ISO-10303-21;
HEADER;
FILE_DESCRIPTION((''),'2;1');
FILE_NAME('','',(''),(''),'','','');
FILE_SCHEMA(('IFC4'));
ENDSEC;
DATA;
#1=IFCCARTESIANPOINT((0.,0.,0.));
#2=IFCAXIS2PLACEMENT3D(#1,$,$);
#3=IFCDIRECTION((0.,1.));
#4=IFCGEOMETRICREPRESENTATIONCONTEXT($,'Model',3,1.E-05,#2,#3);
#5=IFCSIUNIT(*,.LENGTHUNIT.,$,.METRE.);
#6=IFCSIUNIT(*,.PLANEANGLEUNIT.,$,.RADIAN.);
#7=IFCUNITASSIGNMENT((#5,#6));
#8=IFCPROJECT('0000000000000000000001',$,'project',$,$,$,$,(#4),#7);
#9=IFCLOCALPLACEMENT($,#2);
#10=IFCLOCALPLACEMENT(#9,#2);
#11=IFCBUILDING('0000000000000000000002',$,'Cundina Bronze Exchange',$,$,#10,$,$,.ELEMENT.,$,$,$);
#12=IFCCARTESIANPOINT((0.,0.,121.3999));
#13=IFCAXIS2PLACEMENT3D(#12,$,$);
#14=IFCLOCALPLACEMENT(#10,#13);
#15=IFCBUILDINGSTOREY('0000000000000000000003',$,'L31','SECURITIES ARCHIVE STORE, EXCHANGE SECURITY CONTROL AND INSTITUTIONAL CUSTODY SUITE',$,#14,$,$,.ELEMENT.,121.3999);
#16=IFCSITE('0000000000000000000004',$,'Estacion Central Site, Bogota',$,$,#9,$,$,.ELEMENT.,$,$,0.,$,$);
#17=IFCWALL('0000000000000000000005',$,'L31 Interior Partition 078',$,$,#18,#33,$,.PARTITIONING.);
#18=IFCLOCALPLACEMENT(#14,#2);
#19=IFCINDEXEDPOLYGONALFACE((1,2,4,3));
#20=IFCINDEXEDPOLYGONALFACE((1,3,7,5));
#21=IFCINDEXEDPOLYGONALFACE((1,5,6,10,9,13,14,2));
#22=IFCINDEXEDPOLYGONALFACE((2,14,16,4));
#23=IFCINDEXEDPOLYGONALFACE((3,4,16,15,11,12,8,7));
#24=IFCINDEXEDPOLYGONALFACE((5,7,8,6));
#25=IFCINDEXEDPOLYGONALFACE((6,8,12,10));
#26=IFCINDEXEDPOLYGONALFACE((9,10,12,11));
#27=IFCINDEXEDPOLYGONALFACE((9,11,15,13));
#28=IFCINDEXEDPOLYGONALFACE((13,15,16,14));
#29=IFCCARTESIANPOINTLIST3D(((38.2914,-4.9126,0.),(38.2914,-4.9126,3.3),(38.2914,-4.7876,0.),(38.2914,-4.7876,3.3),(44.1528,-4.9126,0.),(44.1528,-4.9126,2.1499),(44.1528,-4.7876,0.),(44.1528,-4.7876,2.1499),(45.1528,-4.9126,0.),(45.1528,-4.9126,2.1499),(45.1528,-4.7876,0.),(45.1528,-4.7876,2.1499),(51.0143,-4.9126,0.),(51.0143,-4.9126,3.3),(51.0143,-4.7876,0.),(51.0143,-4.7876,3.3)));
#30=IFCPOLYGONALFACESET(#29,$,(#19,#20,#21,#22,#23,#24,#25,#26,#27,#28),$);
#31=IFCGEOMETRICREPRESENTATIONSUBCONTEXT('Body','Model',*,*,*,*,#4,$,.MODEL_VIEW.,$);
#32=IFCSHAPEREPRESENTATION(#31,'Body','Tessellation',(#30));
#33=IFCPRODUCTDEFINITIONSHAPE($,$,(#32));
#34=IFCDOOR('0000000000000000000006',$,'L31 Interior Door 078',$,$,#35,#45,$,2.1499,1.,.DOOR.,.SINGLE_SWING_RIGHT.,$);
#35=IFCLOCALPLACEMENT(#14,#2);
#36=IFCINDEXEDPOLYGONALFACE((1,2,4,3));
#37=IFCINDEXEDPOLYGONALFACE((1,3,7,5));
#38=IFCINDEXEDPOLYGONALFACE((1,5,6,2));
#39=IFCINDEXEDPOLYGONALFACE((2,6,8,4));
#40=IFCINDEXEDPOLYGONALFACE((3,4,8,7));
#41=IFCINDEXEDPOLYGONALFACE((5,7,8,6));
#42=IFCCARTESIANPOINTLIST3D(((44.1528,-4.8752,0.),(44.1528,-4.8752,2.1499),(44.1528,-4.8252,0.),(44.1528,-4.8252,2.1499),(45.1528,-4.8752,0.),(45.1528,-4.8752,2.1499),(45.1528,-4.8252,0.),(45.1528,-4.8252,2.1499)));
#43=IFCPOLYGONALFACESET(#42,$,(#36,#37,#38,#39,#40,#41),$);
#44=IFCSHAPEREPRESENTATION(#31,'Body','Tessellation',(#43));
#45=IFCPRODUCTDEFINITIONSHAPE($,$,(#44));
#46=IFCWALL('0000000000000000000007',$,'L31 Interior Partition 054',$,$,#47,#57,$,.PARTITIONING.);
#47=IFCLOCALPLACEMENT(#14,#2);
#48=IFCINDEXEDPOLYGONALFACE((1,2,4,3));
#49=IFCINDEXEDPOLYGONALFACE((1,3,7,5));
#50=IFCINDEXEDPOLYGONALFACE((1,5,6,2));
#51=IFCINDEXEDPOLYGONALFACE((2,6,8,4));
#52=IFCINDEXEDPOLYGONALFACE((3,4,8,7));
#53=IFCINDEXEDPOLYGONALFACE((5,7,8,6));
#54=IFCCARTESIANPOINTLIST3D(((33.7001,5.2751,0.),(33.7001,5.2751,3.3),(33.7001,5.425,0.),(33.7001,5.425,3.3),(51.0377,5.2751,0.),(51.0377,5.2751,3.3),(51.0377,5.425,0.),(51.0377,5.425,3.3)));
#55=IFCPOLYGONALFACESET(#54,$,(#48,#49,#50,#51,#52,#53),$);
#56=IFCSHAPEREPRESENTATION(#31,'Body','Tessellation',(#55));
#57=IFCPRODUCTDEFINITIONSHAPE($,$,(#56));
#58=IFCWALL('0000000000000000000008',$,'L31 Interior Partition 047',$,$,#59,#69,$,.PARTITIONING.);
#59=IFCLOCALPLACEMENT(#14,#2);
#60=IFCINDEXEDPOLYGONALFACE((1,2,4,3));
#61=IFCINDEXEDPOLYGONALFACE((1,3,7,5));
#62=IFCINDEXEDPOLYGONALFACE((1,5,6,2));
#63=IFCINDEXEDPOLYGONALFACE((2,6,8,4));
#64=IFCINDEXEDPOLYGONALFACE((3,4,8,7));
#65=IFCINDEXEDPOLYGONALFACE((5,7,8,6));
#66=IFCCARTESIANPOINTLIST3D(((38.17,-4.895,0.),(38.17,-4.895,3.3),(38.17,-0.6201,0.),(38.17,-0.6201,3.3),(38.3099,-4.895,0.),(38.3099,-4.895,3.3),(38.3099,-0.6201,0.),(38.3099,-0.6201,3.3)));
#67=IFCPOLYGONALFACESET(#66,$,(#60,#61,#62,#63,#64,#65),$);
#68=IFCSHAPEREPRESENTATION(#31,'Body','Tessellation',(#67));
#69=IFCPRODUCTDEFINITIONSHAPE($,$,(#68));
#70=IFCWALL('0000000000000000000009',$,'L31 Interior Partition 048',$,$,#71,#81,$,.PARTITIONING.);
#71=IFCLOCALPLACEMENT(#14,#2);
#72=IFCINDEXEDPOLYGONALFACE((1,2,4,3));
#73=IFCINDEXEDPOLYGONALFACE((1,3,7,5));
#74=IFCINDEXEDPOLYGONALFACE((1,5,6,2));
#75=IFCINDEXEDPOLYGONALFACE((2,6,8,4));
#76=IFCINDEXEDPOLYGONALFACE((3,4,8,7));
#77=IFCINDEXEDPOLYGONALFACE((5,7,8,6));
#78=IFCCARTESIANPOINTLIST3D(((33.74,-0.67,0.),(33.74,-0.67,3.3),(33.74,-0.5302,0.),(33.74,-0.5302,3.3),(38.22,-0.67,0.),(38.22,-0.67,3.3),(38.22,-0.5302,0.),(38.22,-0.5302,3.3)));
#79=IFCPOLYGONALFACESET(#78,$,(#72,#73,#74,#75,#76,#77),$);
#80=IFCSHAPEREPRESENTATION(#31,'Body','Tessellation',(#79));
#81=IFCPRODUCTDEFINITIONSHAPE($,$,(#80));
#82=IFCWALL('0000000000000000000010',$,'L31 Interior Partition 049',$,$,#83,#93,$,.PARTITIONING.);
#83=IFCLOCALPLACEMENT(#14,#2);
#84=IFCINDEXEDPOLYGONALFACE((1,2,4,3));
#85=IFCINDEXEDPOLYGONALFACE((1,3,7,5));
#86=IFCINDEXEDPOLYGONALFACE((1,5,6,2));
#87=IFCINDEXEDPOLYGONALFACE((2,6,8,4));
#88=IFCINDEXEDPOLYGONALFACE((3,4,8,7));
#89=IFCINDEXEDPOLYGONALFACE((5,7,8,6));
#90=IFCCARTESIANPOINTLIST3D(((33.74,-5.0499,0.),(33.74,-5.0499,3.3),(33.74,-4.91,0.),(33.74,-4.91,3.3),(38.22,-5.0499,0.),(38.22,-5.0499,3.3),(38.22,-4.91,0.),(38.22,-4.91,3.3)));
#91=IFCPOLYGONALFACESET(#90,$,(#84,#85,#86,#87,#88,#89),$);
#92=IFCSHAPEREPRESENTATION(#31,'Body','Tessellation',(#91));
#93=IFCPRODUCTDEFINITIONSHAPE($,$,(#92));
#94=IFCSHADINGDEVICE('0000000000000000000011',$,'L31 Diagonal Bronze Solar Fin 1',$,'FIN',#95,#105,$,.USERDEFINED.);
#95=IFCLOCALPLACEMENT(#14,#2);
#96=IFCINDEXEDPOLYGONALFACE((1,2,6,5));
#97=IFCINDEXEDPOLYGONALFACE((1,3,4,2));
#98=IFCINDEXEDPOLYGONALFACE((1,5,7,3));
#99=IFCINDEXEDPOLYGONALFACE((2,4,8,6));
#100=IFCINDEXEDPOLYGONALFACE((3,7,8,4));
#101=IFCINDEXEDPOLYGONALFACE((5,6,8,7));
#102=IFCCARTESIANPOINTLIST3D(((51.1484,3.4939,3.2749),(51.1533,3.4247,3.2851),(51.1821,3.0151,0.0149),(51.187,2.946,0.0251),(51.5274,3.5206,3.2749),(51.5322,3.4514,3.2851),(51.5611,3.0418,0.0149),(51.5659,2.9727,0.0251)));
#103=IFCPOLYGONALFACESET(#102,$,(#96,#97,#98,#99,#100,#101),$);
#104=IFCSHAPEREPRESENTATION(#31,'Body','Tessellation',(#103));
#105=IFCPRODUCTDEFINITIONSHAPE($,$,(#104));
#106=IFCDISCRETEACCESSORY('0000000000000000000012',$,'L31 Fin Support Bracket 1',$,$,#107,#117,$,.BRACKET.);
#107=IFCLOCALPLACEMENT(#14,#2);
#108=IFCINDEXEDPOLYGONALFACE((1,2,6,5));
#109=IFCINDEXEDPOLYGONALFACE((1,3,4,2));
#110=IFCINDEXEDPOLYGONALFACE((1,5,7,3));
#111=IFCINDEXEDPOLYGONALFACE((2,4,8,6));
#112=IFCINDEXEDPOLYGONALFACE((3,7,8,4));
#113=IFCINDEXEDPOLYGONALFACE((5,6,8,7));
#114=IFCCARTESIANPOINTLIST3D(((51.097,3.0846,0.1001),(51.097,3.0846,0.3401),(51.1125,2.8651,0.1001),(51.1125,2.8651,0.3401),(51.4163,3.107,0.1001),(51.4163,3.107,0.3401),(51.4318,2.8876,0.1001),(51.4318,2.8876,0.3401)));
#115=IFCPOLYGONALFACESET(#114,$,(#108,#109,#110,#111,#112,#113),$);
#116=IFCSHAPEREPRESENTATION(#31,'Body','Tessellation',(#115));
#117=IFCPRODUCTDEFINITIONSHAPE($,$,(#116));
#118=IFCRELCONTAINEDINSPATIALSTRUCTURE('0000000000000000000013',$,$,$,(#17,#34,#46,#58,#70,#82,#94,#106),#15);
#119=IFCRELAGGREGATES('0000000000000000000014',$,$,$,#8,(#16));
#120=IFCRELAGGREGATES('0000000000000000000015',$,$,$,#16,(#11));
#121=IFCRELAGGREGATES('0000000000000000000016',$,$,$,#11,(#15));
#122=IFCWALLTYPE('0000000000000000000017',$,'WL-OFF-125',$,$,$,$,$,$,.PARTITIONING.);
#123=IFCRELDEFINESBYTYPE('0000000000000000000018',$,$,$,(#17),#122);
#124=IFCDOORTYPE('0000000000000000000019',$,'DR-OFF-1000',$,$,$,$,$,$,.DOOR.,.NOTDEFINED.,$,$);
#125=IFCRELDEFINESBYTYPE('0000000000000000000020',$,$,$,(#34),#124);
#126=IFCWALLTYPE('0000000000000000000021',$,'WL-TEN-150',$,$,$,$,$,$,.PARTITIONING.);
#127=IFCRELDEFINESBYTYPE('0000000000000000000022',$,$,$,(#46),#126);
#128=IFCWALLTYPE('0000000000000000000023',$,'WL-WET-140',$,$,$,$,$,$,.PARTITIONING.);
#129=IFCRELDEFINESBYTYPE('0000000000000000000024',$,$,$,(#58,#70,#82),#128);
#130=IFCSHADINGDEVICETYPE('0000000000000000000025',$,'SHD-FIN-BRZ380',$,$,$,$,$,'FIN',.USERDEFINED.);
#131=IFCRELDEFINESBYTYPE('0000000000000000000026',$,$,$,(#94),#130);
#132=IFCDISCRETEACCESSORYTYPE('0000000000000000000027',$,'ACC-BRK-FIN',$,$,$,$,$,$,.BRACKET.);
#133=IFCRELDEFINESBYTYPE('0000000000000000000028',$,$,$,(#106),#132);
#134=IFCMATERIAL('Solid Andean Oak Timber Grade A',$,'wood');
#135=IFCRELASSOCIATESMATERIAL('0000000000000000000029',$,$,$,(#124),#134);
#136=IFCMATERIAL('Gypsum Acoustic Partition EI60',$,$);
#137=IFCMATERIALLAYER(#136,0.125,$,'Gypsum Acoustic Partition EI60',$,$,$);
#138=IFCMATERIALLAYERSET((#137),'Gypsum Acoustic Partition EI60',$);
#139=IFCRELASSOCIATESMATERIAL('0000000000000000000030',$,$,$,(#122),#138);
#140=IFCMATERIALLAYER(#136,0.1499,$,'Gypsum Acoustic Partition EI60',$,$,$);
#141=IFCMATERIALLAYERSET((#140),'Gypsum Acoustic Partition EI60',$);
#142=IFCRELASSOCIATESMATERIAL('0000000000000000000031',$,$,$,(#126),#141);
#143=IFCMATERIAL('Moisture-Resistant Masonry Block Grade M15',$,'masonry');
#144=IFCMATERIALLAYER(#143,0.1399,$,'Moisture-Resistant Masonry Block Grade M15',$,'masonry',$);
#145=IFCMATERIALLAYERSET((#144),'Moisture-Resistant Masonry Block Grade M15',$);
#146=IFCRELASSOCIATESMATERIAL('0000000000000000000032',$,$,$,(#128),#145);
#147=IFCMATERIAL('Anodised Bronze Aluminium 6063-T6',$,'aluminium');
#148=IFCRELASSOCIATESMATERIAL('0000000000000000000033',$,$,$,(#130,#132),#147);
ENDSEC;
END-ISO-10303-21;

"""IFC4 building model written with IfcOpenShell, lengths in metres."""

from ifc_helpers import new_model, si_unit, direction, frame, frame_2d, origin, origin_2d, place, context, subcontext, project, spatial, rectangle, extrude, material, layer, layer_set, material_profile, profile_set, type_object, element, fill, save


model = new_model("IFC4")

# Units and contexts
model_context = context("Model", 3, precision=1e-05, world=origin(), true_north=direction((0.0, 1.0)))
body_context = subcontext(model_context, "Body", "Model", "MODEL_VIEW")
ifc_project = project(units=[si_unit("LENGTHUNIT", "METRE"), si_unit("PLANEANGLEUNIT", "RADIAN")], contexts=[model_context])

# Site, building, storey
site_placement = place(None, origin())
site = spatial("IfcSite", under=ifc_project, at=site_placement, Name="Estacion Central Site, Bogota", CompositionType="ELEMENT", RefElevation=0.0)
building_placement = place(site_placement, origin())
building = spatial("IfcBuilding", under=site, at=building_placement, Name="Cundina Bronze Exchange", CompositionType="ELEMENT")
storey_placement = place(building_placement, frame((0.0, 0.0, 121.3999)))
storey = spatial("IfcBuildingStorey", under=building, at=storey_placement, Name="L31", Description="SECURITIES ARCHIVE STORE, EXCHANGE SECURITY CONTROL AND INSTITUTIONAL CUSTODY SUITE", CompositionType="ELEMENT", Elevation=121.3999)

# Shared definitions
ifc_material_1 = material(Name="Anodised Bronze Aluminium 6063-T6", Category="aluminium")

# Shared definitions
ifc_material_2 = material(Name="Solid Andean Oak Timber Grade A", Category="wood")
door_type_1 = type_object("IfcDoorType", Name="DR-OFF-1000", OperationType="NOTDEFINED", PredefinedType="DOOR", material=ifc_material_2)

# Wall, opening, door
ifc_material_3 = material(Name="Gypsum Acoustic Partition EI60")
ifc_layer_1 = layer(ifc_material_3, 0.125, Name="Gypsum Acoustic Partition EI60")
ifc_layer_set_1 = layer_set([ifc_layer_1], Name="Gypsum Acoustic Partition EI60")
wall_type_1 = type_object("IfcWallType", Name="WL-OFF-125", PredefinedType="PARTITIONING", material=ifc_layer_set_1)
wall_1_placement = place(storey_placement, frame((38.2915, -4.8501, 0.0), z_axis=(0.0, 0.0, 1.0), x_axis=(1.0, 0.0, 0.0)))
wall_1 = element("IfcWall", 1, at=wall_1_placement, inside=storey, type_object=wall_type_1, Name="L31 Interior Partition 078", PredefinedType="PARTITIONING", context=body_context, shape_type="SweptSolid", body=[
    extrude(rectangle(XDim=12.7229, YDim=0.125, at=frame_2d((6.3613, 0.0))), origin(), (0.0, 0.0, 1.0), 3.3),
])
opening_1_placement = place(wall_1_placement, frame((5.8613, 0.0, 0.0)))
opening_1 = element("IfcOpeningElement", 2, at=opening_1_placement, cuts=wall_1, PredefinedType="OPENING", context=body_context, shape_type="SweptSolid", body=[
    extrude(rectangle(XDim=1.0, YDim=2.1499, at=frame_2d((0.5, 1.075))), frame((0.0, 0.0725, 0.0), z_axis=(0.0, -1.0, 0.0), x_axis=(1.0, 0.0, 0.0)), (0.0, 0.0, 1.0), 0.145),
])
door_1_placement = place(opening_1_placement, origin())
door_1 = element("IfcDoor", 3, at=door_1_placement, inside=storey, type_object=door_type_1, Name="L31 Interior Door 078", OperationType="SINGLE_SWING_RIGHT", OverallHeight=2.1499, OverallWidth=1.0, PredefinedType="DOOR", context=body_context, shape_type="SweptSolid", body=[
    extrude(rectangle(XDim=1.0, YDim=2.1499, at=frame_2d((0.5, 1.075))), frame((0.0, 0.0249, 0.0), z_axis=(0.0, -1.0, 0.0), x_axis=(1.0, 0.0, 0.0)), (0.0, 0.0, 1.0), 0.05),
])
fill(opening_1, door_1)

# Walls
ifc_layer_2 = layer(ifc_material_3, 0.1499, Name="Gypsum Acoustic Partition EI60")
ifc_layer_set_2 = layer_set([ifc_layer_2], Name="Gypsum Acoustic Partition EI60")
wall_type_2 = type_object("IfcWallType", Name="WL-TEN-150", PredefinedType="PARTITIONING", material=ifc_layer_set_2)
wall_2_placement = place(storey_placement, frame((33.7, 5.3501, 0.0), z_axis=(0.0, 0.0, 1.0), x_axis=(1.0, 0.0, 0.0)))
element("IfcWall", 4, at=wall_2_placement, inside=storey, type_object=wall_type_2, Name="L31 Interior Partition 054", PredefinedType="PARTITIONING", context=body_context, shape_type="SweptSolid", body=[
    extrude(rectangle(XDim=17.3376, YDim=0.1499, at=frame_2d((8.6689, 0.0))), origin(), (0.0, 0.0, 1.0), 3.3),
])
ifc_material_4 = material(Name="Moisture-Resistant Masonry Block Grade M15", Category="masonry")
ifc_layer_3 = layer(ifc_material_4, 0.1399, Name="Moisture-Resistant Masonry Block Grade M15", Category="masonry")
ifc_layer_set_3 = layer_set([ifc_layer_3], Name="Moisture-Resistant Masonry Block Grade M15")
wall_type_3 = type_object("IfcWallType", Name="WL-WET-140", PredefinedType="PARTITIONING", material=ifc_layer_set_3)
wall_3_placement = place(storey_placement, frame((38.24, -4.895, 0.0), z_axis=(0.0, 0.0, 1.0), x_axis=(0.0, 1.0, 0.0)))
element("IfcWall", 5, at=wall_3_placement, inside=storey, type_object=wall_type_3, Name="L31 Interior Partition 047", PredefinedType="PARTITIONING", context=body_context, shape_type="SweptSolid", body=[
    extrude(rectangle(XDim=4.2749, YDim=0.1399, at=frame_2d((2.1375, 0.0))), origin(), (0.0, 0.0, 1.0), 3.3),
])
for number, where, z_axis, x_axis, name in (
    (6, (33.74, -0.6001, 0.0), (0.0, 0.0, 1.0), (1.0, 0.0, 0.0), "L31 Interior Partition 048"),
    (7, (33.74, -4.98, 0.0), (0.0, 0.0, 1.0), (1.0, 0.0, 0.0), "L31 Interior Partition 049"),
):
    element("IfcWall", number, at=place(storey_placement, frame(where, z_axis=z_axis, x_axis=x_axis)), inside=storey, type_object=wall_type_3, Name=name, PredefinedType="PARTITIONING", context=body_context, shape_type="SweptSolid", body=[
        extrude(rectangle(XDim=4.48, YDim=0.1399, at=frame_2d((2.24, 0.0))), origin(), (0.0, 0.0, 1.0), 3.3),
    ])

# Shading device
ifc_material_profile_1 = material_profile(ifc_material_1, rectangle(XDim=0.0701, YDim=0.3799, at=origin_2d()), Name="FIN70X380", Category="aluminium")
ifc_profile_set_1 = profile_set([ifc_material_profile_1], Name="Anodised Bronze Aluminium 6063-T6")
shading_device_type = type_object("IfcShadingDeviceType", Name="SHD-FIN-BRZ380", ElementType="FIN", PredefinedType="USERDEFINED", material=ifc_profile_set_1)
shading_device_placement = place(storey_placement, frame((51.374, 2.9939, 0.02), z_axis=(-0.010225, 0.145292, 0.989336), x_axis=(0.06945, -0.986895, 0.145652)))
element("IfcShadingDevice", 8, at=shading_device_placement, inside=storey, type_object=shading_device_type, Name="L31 Diagonal Bronze Solar Fin 1", ObjectType="FIN", PredefinedType="USERDEFINED", context=body_context, shape_type="SweptSolid", body=[
    extrude(rectangle(XDim=0.0701, YDim=0.3799, at=origin_2d()), origin(), (0.0, 0.0, 1.0), 3.2952),
])

# Discrete accessory
discrete_accessory_type = type_object("IfcDiscreteAccessoryType", Name="ACC-BRK-FIN", PredefinedType="BRACKET", material=ifc_material_1)
discrete_accessory_placement = place(storey_placement, frame((51.2644, 2.9861, 0.1001), z_axis=(0.0, 0.0, 1.0), x_axis=(-0.070279, 0.997527, 0.0)))
element("IfcDiscreteAccessory", 9, at=discrete_accessory_placement, inside=storey, type_object=discrete_accessory_type, Name="L31 Fin Support Bracket 1", PredefinedType="BRACKET", context=body_context, shape_type="SweptSolid", body=[
    extrude(rectangle(XDim=0.22, YDim=0.3201, at=origin_2d()), origin(), (0.0, 0.0, 1.0), 0.24),
])

save(model, "model.ifc")
